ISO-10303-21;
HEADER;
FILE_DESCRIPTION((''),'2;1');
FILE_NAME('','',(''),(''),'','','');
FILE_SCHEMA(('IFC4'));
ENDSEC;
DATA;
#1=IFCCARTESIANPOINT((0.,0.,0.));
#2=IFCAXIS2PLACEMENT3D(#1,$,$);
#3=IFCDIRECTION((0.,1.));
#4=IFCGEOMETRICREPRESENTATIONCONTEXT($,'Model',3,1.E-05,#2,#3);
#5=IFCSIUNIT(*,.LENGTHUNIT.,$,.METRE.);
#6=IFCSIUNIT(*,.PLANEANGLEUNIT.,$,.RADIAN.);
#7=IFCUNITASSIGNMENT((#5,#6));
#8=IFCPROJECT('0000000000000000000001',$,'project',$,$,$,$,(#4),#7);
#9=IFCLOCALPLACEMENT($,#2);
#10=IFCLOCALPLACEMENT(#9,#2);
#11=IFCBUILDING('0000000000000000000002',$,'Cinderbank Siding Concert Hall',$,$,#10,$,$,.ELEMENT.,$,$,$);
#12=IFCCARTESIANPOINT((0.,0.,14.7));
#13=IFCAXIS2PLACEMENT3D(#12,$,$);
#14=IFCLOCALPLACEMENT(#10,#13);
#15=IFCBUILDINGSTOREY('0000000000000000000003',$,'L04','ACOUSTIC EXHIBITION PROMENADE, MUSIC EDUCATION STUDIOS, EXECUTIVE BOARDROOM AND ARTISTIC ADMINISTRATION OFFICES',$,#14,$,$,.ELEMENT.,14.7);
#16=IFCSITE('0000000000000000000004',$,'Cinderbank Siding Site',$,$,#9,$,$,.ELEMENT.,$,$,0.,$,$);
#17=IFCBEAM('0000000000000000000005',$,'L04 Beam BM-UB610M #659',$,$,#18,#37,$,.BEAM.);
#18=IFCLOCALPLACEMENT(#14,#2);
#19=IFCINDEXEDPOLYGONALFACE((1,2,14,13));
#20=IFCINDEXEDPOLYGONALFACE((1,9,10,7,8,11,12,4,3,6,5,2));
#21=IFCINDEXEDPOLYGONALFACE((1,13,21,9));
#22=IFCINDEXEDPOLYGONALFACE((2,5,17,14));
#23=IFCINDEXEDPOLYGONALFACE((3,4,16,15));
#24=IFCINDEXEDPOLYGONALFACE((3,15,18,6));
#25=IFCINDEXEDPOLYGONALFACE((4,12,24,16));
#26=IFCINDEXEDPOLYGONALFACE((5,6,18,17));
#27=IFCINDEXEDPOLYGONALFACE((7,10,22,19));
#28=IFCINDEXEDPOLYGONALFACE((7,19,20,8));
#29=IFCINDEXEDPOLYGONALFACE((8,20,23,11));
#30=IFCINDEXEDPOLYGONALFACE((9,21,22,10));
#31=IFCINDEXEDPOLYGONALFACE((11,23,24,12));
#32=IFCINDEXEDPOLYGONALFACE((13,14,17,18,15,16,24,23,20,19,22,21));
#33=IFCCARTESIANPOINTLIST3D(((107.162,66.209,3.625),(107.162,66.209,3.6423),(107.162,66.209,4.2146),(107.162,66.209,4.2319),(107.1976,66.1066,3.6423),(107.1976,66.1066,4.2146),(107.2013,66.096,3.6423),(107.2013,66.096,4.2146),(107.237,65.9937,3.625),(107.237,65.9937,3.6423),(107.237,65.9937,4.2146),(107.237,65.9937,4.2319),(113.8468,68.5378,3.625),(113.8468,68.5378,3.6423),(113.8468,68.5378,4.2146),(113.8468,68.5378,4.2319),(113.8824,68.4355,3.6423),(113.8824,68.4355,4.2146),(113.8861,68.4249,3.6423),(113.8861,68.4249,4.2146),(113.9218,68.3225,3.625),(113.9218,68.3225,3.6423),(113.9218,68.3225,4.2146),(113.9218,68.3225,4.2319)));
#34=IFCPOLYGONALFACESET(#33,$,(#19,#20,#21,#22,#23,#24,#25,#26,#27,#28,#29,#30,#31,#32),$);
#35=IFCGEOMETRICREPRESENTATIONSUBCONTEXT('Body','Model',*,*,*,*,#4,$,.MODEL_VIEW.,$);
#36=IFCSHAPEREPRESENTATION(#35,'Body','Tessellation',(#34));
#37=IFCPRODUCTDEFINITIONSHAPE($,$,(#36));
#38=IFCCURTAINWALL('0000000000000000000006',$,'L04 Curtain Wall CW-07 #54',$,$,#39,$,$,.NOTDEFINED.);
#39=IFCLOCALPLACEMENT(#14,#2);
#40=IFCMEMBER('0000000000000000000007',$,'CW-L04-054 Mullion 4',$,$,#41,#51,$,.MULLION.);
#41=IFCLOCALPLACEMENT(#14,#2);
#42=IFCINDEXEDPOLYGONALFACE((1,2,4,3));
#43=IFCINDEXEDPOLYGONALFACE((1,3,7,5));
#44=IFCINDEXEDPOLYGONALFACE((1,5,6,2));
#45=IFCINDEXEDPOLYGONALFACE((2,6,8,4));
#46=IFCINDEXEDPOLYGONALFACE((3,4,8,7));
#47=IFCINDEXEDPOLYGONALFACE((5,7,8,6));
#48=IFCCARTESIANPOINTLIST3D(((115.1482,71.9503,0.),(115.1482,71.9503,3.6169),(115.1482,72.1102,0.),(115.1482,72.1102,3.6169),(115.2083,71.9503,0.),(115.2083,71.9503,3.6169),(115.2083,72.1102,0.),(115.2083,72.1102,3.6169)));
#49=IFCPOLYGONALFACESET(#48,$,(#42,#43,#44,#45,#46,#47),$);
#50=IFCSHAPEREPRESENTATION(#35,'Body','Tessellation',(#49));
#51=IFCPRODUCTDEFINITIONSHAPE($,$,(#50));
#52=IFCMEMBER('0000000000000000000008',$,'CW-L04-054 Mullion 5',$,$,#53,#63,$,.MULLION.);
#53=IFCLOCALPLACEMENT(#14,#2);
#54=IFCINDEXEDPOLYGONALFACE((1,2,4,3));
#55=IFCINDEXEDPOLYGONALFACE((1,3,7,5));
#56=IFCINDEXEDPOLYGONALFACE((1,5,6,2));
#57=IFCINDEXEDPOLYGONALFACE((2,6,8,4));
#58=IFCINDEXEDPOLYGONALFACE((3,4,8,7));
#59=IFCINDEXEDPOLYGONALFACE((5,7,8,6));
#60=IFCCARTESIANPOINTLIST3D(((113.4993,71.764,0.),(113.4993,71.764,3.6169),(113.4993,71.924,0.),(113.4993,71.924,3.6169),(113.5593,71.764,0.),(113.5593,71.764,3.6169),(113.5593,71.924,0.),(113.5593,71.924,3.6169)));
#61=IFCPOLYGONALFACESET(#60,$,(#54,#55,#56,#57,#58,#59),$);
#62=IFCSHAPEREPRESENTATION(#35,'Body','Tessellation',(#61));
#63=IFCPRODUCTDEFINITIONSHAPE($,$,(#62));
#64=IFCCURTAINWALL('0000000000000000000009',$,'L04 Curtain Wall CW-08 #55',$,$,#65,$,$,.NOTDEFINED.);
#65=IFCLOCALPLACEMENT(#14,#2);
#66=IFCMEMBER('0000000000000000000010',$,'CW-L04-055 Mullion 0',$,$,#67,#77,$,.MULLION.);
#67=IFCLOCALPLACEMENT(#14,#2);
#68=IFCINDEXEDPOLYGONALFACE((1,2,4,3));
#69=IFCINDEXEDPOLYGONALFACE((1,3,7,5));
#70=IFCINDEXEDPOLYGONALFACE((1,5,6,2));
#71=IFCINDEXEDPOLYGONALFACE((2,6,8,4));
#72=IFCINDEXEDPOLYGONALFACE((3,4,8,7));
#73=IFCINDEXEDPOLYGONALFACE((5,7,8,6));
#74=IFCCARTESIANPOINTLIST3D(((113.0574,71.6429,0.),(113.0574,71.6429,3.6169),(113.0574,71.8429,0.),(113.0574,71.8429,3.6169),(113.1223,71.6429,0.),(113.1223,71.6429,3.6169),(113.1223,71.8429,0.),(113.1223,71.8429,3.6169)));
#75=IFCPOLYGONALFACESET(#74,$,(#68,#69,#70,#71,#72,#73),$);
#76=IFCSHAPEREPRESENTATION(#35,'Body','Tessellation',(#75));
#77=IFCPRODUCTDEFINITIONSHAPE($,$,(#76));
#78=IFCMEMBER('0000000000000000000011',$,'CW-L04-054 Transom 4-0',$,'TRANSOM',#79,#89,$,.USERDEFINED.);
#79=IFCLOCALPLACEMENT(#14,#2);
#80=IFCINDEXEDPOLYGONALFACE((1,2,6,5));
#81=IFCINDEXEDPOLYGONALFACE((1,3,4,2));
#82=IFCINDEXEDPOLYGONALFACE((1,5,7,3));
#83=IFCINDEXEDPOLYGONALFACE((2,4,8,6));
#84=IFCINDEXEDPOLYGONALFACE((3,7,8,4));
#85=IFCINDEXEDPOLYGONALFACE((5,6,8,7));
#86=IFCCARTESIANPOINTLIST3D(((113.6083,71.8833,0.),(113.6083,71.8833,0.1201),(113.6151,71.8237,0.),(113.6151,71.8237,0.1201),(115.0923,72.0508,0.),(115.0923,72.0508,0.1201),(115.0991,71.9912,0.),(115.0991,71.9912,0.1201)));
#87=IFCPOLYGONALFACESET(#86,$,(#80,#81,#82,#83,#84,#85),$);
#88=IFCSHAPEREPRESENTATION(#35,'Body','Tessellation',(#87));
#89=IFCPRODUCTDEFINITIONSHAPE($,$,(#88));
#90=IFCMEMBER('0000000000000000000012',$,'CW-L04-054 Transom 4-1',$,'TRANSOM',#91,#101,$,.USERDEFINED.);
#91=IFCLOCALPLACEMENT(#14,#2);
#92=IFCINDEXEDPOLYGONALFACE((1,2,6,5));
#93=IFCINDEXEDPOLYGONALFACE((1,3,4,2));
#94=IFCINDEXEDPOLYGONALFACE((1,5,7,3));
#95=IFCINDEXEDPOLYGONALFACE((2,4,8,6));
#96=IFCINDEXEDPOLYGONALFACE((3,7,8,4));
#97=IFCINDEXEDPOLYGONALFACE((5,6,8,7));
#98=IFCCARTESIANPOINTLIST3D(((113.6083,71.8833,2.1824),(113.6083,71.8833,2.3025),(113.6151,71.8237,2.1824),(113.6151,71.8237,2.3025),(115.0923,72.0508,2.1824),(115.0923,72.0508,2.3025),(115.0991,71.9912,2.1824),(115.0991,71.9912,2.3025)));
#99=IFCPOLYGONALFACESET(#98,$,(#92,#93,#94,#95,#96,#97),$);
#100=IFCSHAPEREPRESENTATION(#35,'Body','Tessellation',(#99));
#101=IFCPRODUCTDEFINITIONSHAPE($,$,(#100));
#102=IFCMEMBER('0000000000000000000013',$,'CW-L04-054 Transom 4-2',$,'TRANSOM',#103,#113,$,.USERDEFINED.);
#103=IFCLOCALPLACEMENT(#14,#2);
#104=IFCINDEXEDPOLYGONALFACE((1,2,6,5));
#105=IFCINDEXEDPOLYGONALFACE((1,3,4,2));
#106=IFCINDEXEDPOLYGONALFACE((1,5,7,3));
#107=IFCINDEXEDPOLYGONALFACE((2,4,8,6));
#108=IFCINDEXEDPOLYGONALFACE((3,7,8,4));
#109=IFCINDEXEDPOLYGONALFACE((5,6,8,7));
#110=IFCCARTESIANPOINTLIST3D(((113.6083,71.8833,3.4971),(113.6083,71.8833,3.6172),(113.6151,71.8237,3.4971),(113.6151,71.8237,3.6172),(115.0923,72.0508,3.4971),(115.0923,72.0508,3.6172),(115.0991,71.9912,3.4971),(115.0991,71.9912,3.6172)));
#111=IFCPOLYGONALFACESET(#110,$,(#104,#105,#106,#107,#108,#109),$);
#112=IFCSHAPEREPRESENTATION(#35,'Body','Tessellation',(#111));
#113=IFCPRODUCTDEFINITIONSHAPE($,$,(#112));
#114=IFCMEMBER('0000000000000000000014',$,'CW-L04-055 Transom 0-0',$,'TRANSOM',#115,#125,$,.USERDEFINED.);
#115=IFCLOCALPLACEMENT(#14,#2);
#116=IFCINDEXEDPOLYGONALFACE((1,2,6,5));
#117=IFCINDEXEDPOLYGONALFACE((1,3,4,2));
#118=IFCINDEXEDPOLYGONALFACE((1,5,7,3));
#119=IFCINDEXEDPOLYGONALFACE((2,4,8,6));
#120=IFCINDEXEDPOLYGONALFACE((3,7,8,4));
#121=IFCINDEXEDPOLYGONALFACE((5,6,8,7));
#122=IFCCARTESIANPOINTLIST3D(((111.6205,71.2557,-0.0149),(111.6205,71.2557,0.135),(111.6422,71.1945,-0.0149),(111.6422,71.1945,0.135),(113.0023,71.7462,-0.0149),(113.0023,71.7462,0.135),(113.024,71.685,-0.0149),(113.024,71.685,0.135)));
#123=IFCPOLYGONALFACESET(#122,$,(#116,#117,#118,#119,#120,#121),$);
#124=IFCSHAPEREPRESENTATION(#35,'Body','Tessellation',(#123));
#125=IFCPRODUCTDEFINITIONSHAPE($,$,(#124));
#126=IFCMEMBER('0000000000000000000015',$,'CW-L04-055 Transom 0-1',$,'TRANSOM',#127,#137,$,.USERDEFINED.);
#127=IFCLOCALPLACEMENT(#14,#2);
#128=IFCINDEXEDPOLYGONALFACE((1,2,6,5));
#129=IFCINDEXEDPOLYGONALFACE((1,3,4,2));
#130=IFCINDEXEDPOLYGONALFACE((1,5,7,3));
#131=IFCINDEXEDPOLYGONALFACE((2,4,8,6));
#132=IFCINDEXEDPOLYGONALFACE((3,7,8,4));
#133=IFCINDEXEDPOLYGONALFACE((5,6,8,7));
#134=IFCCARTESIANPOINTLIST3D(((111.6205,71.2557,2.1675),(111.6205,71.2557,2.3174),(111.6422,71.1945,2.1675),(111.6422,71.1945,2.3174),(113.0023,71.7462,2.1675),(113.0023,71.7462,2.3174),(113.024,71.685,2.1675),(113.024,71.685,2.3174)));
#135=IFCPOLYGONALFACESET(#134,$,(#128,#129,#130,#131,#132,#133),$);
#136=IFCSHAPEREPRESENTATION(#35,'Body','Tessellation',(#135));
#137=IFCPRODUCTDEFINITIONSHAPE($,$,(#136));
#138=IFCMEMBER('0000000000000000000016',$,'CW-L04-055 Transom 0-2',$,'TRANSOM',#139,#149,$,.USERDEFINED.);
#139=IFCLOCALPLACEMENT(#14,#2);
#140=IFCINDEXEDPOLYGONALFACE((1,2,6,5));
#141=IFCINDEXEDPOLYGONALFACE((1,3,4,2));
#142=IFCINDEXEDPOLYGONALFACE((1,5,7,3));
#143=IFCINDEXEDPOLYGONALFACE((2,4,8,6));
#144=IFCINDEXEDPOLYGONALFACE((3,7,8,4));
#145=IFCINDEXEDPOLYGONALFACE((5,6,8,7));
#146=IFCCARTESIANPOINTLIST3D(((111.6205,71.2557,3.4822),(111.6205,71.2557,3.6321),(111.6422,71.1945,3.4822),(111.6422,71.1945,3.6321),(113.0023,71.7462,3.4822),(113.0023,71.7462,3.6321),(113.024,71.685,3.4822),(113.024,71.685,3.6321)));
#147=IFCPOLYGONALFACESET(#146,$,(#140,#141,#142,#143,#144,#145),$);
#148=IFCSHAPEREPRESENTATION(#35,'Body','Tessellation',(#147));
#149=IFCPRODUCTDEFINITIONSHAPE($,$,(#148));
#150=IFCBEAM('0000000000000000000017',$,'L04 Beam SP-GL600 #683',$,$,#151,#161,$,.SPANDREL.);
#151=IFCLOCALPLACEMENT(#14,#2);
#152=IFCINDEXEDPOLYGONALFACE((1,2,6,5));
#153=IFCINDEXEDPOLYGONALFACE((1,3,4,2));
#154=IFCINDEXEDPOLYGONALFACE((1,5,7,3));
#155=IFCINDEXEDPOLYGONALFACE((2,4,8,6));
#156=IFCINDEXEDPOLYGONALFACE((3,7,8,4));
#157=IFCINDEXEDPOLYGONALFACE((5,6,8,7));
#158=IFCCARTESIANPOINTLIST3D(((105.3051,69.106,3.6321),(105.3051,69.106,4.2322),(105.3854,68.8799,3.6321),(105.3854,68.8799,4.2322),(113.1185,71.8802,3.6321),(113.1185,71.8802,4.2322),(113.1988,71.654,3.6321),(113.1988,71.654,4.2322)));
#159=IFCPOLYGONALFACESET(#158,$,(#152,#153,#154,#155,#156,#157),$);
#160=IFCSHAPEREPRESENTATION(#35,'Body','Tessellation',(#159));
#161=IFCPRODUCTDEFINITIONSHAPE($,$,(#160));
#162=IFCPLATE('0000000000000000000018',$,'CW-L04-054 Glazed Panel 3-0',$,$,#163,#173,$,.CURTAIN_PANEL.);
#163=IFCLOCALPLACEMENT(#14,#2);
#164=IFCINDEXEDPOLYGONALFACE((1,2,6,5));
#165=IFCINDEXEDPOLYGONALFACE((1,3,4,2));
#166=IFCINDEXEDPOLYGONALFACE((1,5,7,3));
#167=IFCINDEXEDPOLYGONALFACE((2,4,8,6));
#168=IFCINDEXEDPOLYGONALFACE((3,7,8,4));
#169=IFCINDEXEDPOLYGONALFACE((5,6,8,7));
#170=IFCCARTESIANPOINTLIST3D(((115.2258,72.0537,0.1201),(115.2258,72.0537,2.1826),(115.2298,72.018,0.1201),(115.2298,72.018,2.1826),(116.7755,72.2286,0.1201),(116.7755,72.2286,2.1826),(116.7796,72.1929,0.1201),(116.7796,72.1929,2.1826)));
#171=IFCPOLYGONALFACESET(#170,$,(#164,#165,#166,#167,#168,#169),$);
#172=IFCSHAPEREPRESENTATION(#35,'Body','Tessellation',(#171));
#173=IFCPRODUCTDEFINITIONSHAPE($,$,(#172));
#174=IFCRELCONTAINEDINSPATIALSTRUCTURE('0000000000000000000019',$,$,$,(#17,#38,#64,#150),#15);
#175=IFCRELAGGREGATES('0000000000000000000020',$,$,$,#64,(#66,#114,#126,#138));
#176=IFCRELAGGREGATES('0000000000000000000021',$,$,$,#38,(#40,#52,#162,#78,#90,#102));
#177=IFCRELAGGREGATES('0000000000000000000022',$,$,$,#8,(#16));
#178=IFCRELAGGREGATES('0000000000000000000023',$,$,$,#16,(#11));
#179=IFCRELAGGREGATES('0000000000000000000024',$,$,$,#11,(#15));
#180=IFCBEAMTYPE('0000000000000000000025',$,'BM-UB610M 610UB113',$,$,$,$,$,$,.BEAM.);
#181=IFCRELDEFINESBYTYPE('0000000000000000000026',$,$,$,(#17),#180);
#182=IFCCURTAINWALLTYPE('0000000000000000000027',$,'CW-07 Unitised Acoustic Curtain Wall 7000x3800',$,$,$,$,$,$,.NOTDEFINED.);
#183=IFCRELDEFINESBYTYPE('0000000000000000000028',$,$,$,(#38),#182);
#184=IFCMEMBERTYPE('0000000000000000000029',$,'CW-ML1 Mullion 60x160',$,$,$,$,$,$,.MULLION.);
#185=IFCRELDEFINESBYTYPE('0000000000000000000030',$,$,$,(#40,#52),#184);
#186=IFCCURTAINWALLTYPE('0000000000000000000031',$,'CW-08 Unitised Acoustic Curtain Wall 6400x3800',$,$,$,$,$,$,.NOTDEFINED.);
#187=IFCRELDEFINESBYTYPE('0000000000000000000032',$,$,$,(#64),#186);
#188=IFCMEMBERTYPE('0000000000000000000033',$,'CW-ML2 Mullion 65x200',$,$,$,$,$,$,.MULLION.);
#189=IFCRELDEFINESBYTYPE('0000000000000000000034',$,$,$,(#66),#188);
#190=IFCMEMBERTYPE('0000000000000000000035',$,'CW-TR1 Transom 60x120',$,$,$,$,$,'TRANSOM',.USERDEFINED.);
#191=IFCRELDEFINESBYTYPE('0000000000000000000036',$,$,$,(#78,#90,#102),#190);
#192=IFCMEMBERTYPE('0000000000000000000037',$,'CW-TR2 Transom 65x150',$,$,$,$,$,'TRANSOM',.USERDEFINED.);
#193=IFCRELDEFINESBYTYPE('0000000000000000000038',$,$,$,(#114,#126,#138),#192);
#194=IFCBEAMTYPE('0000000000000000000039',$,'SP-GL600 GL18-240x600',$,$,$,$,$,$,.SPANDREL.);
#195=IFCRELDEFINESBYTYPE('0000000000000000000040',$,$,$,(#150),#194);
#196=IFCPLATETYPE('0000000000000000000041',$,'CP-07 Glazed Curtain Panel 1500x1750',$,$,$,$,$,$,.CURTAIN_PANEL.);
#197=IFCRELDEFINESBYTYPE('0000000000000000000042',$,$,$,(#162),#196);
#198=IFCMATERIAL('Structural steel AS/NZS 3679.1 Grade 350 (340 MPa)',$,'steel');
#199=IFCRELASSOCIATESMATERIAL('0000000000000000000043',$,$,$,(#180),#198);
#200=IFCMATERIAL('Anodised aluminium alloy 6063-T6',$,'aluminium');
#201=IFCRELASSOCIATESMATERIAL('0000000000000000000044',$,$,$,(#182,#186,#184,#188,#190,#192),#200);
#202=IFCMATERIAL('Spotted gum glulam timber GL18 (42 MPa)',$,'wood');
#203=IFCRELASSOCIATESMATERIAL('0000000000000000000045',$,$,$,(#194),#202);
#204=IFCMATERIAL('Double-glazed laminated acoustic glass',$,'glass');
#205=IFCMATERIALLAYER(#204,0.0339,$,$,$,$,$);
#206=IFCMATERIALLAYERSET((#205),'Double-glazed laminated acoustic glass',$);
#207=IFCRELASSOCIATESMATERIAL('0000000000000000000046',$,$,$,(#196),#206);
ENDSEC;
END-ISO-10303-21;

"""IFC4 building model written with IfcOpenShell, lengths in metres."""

from ifc_helpers import new_model, si_unit, direction, frame, origin, origin_2d, place, context, subcontext, project, spatial, rectangle, i_section, extrude, material, layer, layer_set, material_profile, profile_set, type_object, element, aggregate, save


model = new_model("IFC4")

# Units and contexts
model_context = context("Model", 3, precision=1e-05, world=origin(), true_north=direction((0.0, 1.0)))
body_context = subcontext(model_context, "Body", "Model", "MODEL_VIEW")
ifc_project = project(units=[si_unit("LENGTHUNIT", "METRE"), si_unit("PLANEANGLEUNIT", "RADIAN")], contexts=[model_context])

# Site, building, storey
site_placement = place(None, origin())
site = spatial("IfcSite", under=ifc_project, at=site_placement, Name="Cinderbank Siding Site", CompositionType="ELEMENT", RefElevation=0.0)
building_placement = place(site_placement, origin())
building = spatial("IfcBuilding", under=site, at=building_placement, Name="Cinderbank Siding Concert Hall", CompositionType="ELEMENT")
storey_placement = place(building_placement, frame((0.0, 0.0, 14.7)))
storey = spatial("IfcBuildingStorey", under=building, at=storey_placement, Name="L04", Description="ACOUSTIC EXHIBITION PROMENADE, MUSIC EDUCATION STUDIOS, EXECUTIVE BOARDROOM AND ARTISTIC ADMINISTRATION OFFICES", CompositionType="ELEMENT", Elevation=14.7)

# Beam
ifc_material_1 = material(Name="Structural steel AS/NZS 3679.1 Grade 350 (340 MPa)", Category="steel")
ifc_material_profile_1 = material_profile(ifc_material_1, i_section(OverallWidth=0.228, OverallDepth=0.6069, WebThickness=0.0112, FlangeThickness=0.0173, at=origin_2d()), Name="610UB113", Category="LoadBearing")
ifc_profile_set_1 = profile_set([ifc_material_profile_1], Name="Structural steel AS/NZS 3679.1 Grade 350 (340 MPa)")
beam_type_1 = type_object("IfcBeamType", Name="BM-UB610M 610UB113", PredefinedType="BEAM", material=ifc_profile_set_1)
beam_1_placement = place(storey_placement, frame((113.8843, 68.4302, 3.9285), z_axis=(-0.944334, -0.328987, 0.0), x_axis=(0.328987, -0.944334, 0.0)))
element("IfcBeam", 1, at=beam_1_placement, inside=storey, type_object=beam_type_1, Name="L04 Beam BM-UB610M #659", PredefinedType="BEAM", context=body_context, shape_type="SweptSolid", body=[
    extrude(i_section(OverallWidth=0.228, OverallDepth=0.6069, WebThickness=0.0112, FlangeThickness=0.0173, at=origin_2d()), origin(), (0.0, 0.0, 1.0), 7.0789),
])

# Curtain wall, members
ifc_material_2 = material(Name="Anodised aluminium alloy 6063-T6", Category="aluminium")
curtain_wall_type_1 = type_object("IfcCurtainWallType", Name="CW-07 Unitised Acoustic Curtain Wall 7000x3800", PredefinedType="NOTDEFINED", material=ifc_material_2)
curtain_wall_1_placement = place(storey_placement, origin())
curtain_wall_1 = element("IfcCurtainWall", 2, at=curtain_wall_1_placement, inside=storey, type_object=curtain_wall_type_1, Name="L04 Curtain Wall CW-07 #54", PredefinedType="NOTDEFINED")
ifc_material_profile_2 = material_profile(ifc_material_2, rectangle(XDim=0.0601, YDim=0.1599, at=origin_2d()), Name="ALU-MULL-60x160", Category="LoadBearing")
ifc_profile_set_2 = profile_set([ifc_material_profile_2], Name="Anodised aluminium alloy 6063-T6")
member_type_1 = type_object("IfcMemberType", Name="CW-ML1 Mullion 60x160", PredefinedType="MULLION", material=ifc_profile_set_2)
member_1_placement = place(storey_placement, frame((115.1782, 72.0303, 0.0), z_axis=(0.0, 0.0, 1.0), x_axis=(1.0, 0.0, 0.0)))
member_1 = element("IfcMember", 3, at=member_1_placement, type_object=member_type_1, Name="CW-L04-054 Mullion 4", PredefinedType="MULLION", context=body_context, shape_type="SweptSolid", body=[
    extrude(rectangle(XDim=0.0601, YDim=0.1599, at=origin_2d()), origin(), (0.0, 0.0, 1.0), 3.6169),
])
member_2_placement = place(storey_placement, frame((113.5293, 71.844, 0.0), z_axis=(0.0, 0.0, 1.0), x_axis=(1.0, 0.0, 0.0)))
member_2 = element("IfcMember", 4, at=member_2_placement, type_object=member_type_1, Name="CW-L04-054 Mullion 5", PredefinedType="MULLION", context=body_context, shape_type="SweptSolid", body=[
    extrude(rectangle(XDim=0.0601, YDim=0.1599, at=origin_2d()), origin(), (0.0, 0.0, 1.0), 3.6169),
])

# Curtain wall, member
curtain_wall_type_2 = type_object("IfcCurtainWallType", Name="CW-08 Unitised Acoustic Curtain Wall 6400x3800", PredefinedType="NOTDEFINED", material=ifc_material_2)
curtain_wall_2_placement = place(storey_placement, origin())
curtain_wall_2 = element("IfcCurtainWall", 5, at=curtain_wall_2_placement, inside=storey, type_object=curtain_wall_type_2, Name="L04 Curtain Wall CW-08 #55", PredefinedType="NOTDEFINED")
ifc_material_profile_3 = material_profile(ifc_material_2, rectangle(XDim=0.0649, YDim=0.2, at=origin_2d()), Name="ALU-MULL-65x200", Category="LoadBearing")
ifc_profile_set_3 = profile_set([ifc_material_profile_3], Name="Anodised aluminium alloy 6063-T6")
member_type_2 = type_object("IfcMemberType", Name="CW-ML2 Mullion 65x200", PredefinedType="MULLION", material=ifc_profile_set_3)
member_3_placement = place(storey_placement, frame((113.0898, 71.7429, 0.0), z_axis=(0.0, 0.0, 1.0), x_axis=(1.0, 0.0, 0.0)))
member_3 = element("IfcMember", 6, at=member_3_placement, type_object=member_type_2, Name="CW-L04-055 Mullion 0", PredefinedType="MULLION", context=body_context, shape_type="SweptSolid", body=[
    extrude(rectangle(XDim=0.0649, YDim=0.2, at=origin_2d()), origin(), (0.0, 0.0, 1.0), 3.6169),
])

# Members
ifc_material_profile_4 = material_profile(ifc_material_2, rectangle(XDim=0.0601, YDim=0.1201, at=origin_2d()), Name="ALU-TRAN-60x120", Category="LoadBearing")
ifc_profile_set_4 = profile_set([ifc_material_profile_4], Name="Anodised aluminium alloy 6063-T6")
member_type_3 = type_object("IfcMemberType", Name="CW-TR1 Transom 60x120", ElementType="TRANSOM", PredefinedType="USERDEFINED", material=ifc_profile_set_4)
member_4_placement = place(storey_placement, frame((115.0957, 72.021, 0.0601), z_axis=(-0.993691, -0.112154, 0.0), x_axis=(0.112154, -0.993691, 0.0)))
member_4 = element("IfcMember", 7, at=member_4_placement, type_object=member_type_3, Name="CW-L04-054 Transom 4-0", ObjectType="TRANSOM", PredefinedType="USERDEFINED", context=body_context, shape_type="SweptSolid", body=[
    extrude(rectangle(XDim=0.0601, YDim=0.1201, at=origin_2d()), origin(), (0.0, 0.0, 1.0), 1.4934),
])
member_5_placement = place(storey_placement, frame((115.0957, 72.021, 2.2424), z_axis=(-0.993691, -0.112154, 0.0), x_axis=(0.112154, -0.993691, 0.0)))
member_5 = element("IfcMember", 8, at=member_5_placement, type_object=member_type_3, Name="CW-L04-054 Transom 4-1", ObjectType="TRANSOM", PredefinedType="USERDEFINED", context=body_context, shape_type="SweptSolid", body=[
    extrude(rectangle(XDim=0.0601, YDim=0.1201, at=origin_2d()), origin(), (0.0, 0.0, 1.0), 1.4934),
])
member_6_placement = place(storey_placement, frame((115.0957, 72.021, 3.5571), z_axis=(-0.993691, -0.112154, 0.0), x_axis=(0.112154, -0.993691, 0.0)))
member_6 = element("IfcMember", 9, at=member_6_placement, type_object=member_type_3, Name="CW-L04-054 Transom 4-2", ObjectType="TRANSOM", PredefinedType="USERDEFINED", context=body_context, shape_type="SweptSolid", body=[
    extrude(rectangle(XDim=0.0601, YDim=0.1201, at=origin_2d()), origin(), (0.0, 0.0, 1.0), 1.4934),
])
ifc_material_profile_5 = material_profile(ifc_material_2, rectangle(XDim=0.0649, YDim=0.1499, at=origin_2d()), Name="ALU-TRAN-65x150", Category="LoadBearing")
ifc_profile_set_5 = profile_set([ifc_material_profile_5], Name="Anodised aluminium alloy 6063-T6")
member_type_4 = type_object("IfcMemberType", Name="CW-TR2 Transom 65x150", ElementType="TRANSOM", PredefinedType="USERDEFINED", material=ifc_profile_set_5)
member_7_placement = place(storey_placement, frame((113.0132, 71.7156, 0.0601), z_axis=(-0.942396, -0.3345, 0.0), x_axis=(0.3345, -0.942396, 0.0)))
member_7 = element("IfcMember", 10, at=member_7_placement, type_object=member_type_4, Name="CW-L04-055 Transom 0-0", ObjectType="TRANSOM", PredefinedType="USERDEFINED", context=body_context, shape_type="SweptSolid", body=[
    extrude(rectangle(XDim=0.0649, YDim=0.1499, at=origin_2d()), origin(), (0.0, 0.0, 1.0), 1.4663),
])
member_8_placement = place(storey_placement, frame((113.0132, 71.7156, 2.2424), z_axis=(-0.942396, -0.3345, 0.0), x_axis=(0.3345, -0.942396, 0.0)))
member_8 = element("IfcMember", 11, at=member_8_placement, type_object=member_type_4, Name="CW-L04-055 Transom 0-1", ObjectType="TRANSOM", PredefinedType="USERDEFINED", context=body_context, shape_type="SweptSolid", body=[
    extrude(rectangle(XDim=0.0649, YDim=0.1499, at=origin_2d()), origin(), (0.0, 0.0, 1.0), 1.4663),
])
member_9_placement = place(storey_placement, frame((113.0132, 71.7156, 3.5571), z_axis=(-0.942396, -0.3345, 0.0), x_axis=(0.3345, -0.942396, 0.0)))
member_9 = element("IfcMember", 12, at=member_9_placement, type_object=member_type_4, Name="CW-L04-055 Transom 0-2", ObjectType="TRANSOM", PredefinedType="USERDEFINED", context=body_context, shape_type="SweptSolid", body=[
    extrude(rectangle(XDim=0.0649, YDim=0.1499, at=origin_2d()), origin(), (0.0, 0.0, 1.0), 1.4663),
])
aggregate(curtain_wall_2, [member_3, member_7, member_8, member_9])

# Beam
ifc_material_3 = material(Name="Spotted gum glulam timber GL18 (42 MPa)", Category="wood")
ifc_material_profile_6 = material_profile(ifc_material_3, rectangle(XDim=0.24, YDim=0.6001, at=origin_2d()), Name="GL18-240x600", Category="LoadBearing")
ifc_profile_set_6 = profile_set([ifc_material_profile_6], Name="Spotted gum glulam timber GL18 (42 MPa)")
beam_type_2 = type_object("IfcBeamType", Name="SP-GL600 GL18-240x600", PredefinedType="SPANDREL", material=ifc_profile_set_6)
beam_2_placement = place(storey_placement, frame((113.1587, 71.7671, 3.9321), z_axis=(-0.942365, -0.334586, 0.0), x_axis=(0.334586, -0.942365, 0.0)))
element("IfcBeam", 13, at=beam_2_placement, inside=storey, type_object=beam_type_2, Name="L04 Beam SP-GL600 #683", PredefinedType="SPANDREL", context=body_context, shape_type="SweptSolid", body=[
    extrude(rectangle(XDim=0.24, YDim=0.6001, at=origin_2d()), origin(), (0.0, 0.0, 1.0), 8.2913),
])

# Plate
ifc_material_4 = material(Name="Double-glazed laminated acoustic glass", Category="glass")
ifc_layer_1 = layer(ifc_material_4, 0.0339)
ifc_layer_set_1 = layer_set([ifc_layer_1], Name="Double-glazed laminated acoustic glass")
plate_type_1 = type_object("IfcPlateType", Name="CP-07 Glazed Curtain Panel 1500x1750", PredefinedType="CURTAIN_PANEL", material=ifc_layer_set_1)
plate_1_placement = place(storey_placement, frame((116.0027, 72.1233, 0.1201), z_axis=(0.0, 0.0, 1.0), x_axis=(-0.993694, -0.112129, 0.0)))
plate_1 = element("IfcPlate", 14, at=plate_1_placement, type_object=plate_type_1, Name="CW-L04-054 Glazed Panel 3-0", PredefinedType="CURTAIN_PANEL", context=body_context, shape_type="SweptSolid", body=[
    extrude(rectangle(XDim=1.5596, YDim=0.0359, at=origin_2d()), origin(), (0.0, 0.0, 1.0), 2.0625),
])
aggregate(curtain_wall_1, [member_1, member_2, plate_1, member_4, member_5, member_6])

save(model, "model.ifc")
